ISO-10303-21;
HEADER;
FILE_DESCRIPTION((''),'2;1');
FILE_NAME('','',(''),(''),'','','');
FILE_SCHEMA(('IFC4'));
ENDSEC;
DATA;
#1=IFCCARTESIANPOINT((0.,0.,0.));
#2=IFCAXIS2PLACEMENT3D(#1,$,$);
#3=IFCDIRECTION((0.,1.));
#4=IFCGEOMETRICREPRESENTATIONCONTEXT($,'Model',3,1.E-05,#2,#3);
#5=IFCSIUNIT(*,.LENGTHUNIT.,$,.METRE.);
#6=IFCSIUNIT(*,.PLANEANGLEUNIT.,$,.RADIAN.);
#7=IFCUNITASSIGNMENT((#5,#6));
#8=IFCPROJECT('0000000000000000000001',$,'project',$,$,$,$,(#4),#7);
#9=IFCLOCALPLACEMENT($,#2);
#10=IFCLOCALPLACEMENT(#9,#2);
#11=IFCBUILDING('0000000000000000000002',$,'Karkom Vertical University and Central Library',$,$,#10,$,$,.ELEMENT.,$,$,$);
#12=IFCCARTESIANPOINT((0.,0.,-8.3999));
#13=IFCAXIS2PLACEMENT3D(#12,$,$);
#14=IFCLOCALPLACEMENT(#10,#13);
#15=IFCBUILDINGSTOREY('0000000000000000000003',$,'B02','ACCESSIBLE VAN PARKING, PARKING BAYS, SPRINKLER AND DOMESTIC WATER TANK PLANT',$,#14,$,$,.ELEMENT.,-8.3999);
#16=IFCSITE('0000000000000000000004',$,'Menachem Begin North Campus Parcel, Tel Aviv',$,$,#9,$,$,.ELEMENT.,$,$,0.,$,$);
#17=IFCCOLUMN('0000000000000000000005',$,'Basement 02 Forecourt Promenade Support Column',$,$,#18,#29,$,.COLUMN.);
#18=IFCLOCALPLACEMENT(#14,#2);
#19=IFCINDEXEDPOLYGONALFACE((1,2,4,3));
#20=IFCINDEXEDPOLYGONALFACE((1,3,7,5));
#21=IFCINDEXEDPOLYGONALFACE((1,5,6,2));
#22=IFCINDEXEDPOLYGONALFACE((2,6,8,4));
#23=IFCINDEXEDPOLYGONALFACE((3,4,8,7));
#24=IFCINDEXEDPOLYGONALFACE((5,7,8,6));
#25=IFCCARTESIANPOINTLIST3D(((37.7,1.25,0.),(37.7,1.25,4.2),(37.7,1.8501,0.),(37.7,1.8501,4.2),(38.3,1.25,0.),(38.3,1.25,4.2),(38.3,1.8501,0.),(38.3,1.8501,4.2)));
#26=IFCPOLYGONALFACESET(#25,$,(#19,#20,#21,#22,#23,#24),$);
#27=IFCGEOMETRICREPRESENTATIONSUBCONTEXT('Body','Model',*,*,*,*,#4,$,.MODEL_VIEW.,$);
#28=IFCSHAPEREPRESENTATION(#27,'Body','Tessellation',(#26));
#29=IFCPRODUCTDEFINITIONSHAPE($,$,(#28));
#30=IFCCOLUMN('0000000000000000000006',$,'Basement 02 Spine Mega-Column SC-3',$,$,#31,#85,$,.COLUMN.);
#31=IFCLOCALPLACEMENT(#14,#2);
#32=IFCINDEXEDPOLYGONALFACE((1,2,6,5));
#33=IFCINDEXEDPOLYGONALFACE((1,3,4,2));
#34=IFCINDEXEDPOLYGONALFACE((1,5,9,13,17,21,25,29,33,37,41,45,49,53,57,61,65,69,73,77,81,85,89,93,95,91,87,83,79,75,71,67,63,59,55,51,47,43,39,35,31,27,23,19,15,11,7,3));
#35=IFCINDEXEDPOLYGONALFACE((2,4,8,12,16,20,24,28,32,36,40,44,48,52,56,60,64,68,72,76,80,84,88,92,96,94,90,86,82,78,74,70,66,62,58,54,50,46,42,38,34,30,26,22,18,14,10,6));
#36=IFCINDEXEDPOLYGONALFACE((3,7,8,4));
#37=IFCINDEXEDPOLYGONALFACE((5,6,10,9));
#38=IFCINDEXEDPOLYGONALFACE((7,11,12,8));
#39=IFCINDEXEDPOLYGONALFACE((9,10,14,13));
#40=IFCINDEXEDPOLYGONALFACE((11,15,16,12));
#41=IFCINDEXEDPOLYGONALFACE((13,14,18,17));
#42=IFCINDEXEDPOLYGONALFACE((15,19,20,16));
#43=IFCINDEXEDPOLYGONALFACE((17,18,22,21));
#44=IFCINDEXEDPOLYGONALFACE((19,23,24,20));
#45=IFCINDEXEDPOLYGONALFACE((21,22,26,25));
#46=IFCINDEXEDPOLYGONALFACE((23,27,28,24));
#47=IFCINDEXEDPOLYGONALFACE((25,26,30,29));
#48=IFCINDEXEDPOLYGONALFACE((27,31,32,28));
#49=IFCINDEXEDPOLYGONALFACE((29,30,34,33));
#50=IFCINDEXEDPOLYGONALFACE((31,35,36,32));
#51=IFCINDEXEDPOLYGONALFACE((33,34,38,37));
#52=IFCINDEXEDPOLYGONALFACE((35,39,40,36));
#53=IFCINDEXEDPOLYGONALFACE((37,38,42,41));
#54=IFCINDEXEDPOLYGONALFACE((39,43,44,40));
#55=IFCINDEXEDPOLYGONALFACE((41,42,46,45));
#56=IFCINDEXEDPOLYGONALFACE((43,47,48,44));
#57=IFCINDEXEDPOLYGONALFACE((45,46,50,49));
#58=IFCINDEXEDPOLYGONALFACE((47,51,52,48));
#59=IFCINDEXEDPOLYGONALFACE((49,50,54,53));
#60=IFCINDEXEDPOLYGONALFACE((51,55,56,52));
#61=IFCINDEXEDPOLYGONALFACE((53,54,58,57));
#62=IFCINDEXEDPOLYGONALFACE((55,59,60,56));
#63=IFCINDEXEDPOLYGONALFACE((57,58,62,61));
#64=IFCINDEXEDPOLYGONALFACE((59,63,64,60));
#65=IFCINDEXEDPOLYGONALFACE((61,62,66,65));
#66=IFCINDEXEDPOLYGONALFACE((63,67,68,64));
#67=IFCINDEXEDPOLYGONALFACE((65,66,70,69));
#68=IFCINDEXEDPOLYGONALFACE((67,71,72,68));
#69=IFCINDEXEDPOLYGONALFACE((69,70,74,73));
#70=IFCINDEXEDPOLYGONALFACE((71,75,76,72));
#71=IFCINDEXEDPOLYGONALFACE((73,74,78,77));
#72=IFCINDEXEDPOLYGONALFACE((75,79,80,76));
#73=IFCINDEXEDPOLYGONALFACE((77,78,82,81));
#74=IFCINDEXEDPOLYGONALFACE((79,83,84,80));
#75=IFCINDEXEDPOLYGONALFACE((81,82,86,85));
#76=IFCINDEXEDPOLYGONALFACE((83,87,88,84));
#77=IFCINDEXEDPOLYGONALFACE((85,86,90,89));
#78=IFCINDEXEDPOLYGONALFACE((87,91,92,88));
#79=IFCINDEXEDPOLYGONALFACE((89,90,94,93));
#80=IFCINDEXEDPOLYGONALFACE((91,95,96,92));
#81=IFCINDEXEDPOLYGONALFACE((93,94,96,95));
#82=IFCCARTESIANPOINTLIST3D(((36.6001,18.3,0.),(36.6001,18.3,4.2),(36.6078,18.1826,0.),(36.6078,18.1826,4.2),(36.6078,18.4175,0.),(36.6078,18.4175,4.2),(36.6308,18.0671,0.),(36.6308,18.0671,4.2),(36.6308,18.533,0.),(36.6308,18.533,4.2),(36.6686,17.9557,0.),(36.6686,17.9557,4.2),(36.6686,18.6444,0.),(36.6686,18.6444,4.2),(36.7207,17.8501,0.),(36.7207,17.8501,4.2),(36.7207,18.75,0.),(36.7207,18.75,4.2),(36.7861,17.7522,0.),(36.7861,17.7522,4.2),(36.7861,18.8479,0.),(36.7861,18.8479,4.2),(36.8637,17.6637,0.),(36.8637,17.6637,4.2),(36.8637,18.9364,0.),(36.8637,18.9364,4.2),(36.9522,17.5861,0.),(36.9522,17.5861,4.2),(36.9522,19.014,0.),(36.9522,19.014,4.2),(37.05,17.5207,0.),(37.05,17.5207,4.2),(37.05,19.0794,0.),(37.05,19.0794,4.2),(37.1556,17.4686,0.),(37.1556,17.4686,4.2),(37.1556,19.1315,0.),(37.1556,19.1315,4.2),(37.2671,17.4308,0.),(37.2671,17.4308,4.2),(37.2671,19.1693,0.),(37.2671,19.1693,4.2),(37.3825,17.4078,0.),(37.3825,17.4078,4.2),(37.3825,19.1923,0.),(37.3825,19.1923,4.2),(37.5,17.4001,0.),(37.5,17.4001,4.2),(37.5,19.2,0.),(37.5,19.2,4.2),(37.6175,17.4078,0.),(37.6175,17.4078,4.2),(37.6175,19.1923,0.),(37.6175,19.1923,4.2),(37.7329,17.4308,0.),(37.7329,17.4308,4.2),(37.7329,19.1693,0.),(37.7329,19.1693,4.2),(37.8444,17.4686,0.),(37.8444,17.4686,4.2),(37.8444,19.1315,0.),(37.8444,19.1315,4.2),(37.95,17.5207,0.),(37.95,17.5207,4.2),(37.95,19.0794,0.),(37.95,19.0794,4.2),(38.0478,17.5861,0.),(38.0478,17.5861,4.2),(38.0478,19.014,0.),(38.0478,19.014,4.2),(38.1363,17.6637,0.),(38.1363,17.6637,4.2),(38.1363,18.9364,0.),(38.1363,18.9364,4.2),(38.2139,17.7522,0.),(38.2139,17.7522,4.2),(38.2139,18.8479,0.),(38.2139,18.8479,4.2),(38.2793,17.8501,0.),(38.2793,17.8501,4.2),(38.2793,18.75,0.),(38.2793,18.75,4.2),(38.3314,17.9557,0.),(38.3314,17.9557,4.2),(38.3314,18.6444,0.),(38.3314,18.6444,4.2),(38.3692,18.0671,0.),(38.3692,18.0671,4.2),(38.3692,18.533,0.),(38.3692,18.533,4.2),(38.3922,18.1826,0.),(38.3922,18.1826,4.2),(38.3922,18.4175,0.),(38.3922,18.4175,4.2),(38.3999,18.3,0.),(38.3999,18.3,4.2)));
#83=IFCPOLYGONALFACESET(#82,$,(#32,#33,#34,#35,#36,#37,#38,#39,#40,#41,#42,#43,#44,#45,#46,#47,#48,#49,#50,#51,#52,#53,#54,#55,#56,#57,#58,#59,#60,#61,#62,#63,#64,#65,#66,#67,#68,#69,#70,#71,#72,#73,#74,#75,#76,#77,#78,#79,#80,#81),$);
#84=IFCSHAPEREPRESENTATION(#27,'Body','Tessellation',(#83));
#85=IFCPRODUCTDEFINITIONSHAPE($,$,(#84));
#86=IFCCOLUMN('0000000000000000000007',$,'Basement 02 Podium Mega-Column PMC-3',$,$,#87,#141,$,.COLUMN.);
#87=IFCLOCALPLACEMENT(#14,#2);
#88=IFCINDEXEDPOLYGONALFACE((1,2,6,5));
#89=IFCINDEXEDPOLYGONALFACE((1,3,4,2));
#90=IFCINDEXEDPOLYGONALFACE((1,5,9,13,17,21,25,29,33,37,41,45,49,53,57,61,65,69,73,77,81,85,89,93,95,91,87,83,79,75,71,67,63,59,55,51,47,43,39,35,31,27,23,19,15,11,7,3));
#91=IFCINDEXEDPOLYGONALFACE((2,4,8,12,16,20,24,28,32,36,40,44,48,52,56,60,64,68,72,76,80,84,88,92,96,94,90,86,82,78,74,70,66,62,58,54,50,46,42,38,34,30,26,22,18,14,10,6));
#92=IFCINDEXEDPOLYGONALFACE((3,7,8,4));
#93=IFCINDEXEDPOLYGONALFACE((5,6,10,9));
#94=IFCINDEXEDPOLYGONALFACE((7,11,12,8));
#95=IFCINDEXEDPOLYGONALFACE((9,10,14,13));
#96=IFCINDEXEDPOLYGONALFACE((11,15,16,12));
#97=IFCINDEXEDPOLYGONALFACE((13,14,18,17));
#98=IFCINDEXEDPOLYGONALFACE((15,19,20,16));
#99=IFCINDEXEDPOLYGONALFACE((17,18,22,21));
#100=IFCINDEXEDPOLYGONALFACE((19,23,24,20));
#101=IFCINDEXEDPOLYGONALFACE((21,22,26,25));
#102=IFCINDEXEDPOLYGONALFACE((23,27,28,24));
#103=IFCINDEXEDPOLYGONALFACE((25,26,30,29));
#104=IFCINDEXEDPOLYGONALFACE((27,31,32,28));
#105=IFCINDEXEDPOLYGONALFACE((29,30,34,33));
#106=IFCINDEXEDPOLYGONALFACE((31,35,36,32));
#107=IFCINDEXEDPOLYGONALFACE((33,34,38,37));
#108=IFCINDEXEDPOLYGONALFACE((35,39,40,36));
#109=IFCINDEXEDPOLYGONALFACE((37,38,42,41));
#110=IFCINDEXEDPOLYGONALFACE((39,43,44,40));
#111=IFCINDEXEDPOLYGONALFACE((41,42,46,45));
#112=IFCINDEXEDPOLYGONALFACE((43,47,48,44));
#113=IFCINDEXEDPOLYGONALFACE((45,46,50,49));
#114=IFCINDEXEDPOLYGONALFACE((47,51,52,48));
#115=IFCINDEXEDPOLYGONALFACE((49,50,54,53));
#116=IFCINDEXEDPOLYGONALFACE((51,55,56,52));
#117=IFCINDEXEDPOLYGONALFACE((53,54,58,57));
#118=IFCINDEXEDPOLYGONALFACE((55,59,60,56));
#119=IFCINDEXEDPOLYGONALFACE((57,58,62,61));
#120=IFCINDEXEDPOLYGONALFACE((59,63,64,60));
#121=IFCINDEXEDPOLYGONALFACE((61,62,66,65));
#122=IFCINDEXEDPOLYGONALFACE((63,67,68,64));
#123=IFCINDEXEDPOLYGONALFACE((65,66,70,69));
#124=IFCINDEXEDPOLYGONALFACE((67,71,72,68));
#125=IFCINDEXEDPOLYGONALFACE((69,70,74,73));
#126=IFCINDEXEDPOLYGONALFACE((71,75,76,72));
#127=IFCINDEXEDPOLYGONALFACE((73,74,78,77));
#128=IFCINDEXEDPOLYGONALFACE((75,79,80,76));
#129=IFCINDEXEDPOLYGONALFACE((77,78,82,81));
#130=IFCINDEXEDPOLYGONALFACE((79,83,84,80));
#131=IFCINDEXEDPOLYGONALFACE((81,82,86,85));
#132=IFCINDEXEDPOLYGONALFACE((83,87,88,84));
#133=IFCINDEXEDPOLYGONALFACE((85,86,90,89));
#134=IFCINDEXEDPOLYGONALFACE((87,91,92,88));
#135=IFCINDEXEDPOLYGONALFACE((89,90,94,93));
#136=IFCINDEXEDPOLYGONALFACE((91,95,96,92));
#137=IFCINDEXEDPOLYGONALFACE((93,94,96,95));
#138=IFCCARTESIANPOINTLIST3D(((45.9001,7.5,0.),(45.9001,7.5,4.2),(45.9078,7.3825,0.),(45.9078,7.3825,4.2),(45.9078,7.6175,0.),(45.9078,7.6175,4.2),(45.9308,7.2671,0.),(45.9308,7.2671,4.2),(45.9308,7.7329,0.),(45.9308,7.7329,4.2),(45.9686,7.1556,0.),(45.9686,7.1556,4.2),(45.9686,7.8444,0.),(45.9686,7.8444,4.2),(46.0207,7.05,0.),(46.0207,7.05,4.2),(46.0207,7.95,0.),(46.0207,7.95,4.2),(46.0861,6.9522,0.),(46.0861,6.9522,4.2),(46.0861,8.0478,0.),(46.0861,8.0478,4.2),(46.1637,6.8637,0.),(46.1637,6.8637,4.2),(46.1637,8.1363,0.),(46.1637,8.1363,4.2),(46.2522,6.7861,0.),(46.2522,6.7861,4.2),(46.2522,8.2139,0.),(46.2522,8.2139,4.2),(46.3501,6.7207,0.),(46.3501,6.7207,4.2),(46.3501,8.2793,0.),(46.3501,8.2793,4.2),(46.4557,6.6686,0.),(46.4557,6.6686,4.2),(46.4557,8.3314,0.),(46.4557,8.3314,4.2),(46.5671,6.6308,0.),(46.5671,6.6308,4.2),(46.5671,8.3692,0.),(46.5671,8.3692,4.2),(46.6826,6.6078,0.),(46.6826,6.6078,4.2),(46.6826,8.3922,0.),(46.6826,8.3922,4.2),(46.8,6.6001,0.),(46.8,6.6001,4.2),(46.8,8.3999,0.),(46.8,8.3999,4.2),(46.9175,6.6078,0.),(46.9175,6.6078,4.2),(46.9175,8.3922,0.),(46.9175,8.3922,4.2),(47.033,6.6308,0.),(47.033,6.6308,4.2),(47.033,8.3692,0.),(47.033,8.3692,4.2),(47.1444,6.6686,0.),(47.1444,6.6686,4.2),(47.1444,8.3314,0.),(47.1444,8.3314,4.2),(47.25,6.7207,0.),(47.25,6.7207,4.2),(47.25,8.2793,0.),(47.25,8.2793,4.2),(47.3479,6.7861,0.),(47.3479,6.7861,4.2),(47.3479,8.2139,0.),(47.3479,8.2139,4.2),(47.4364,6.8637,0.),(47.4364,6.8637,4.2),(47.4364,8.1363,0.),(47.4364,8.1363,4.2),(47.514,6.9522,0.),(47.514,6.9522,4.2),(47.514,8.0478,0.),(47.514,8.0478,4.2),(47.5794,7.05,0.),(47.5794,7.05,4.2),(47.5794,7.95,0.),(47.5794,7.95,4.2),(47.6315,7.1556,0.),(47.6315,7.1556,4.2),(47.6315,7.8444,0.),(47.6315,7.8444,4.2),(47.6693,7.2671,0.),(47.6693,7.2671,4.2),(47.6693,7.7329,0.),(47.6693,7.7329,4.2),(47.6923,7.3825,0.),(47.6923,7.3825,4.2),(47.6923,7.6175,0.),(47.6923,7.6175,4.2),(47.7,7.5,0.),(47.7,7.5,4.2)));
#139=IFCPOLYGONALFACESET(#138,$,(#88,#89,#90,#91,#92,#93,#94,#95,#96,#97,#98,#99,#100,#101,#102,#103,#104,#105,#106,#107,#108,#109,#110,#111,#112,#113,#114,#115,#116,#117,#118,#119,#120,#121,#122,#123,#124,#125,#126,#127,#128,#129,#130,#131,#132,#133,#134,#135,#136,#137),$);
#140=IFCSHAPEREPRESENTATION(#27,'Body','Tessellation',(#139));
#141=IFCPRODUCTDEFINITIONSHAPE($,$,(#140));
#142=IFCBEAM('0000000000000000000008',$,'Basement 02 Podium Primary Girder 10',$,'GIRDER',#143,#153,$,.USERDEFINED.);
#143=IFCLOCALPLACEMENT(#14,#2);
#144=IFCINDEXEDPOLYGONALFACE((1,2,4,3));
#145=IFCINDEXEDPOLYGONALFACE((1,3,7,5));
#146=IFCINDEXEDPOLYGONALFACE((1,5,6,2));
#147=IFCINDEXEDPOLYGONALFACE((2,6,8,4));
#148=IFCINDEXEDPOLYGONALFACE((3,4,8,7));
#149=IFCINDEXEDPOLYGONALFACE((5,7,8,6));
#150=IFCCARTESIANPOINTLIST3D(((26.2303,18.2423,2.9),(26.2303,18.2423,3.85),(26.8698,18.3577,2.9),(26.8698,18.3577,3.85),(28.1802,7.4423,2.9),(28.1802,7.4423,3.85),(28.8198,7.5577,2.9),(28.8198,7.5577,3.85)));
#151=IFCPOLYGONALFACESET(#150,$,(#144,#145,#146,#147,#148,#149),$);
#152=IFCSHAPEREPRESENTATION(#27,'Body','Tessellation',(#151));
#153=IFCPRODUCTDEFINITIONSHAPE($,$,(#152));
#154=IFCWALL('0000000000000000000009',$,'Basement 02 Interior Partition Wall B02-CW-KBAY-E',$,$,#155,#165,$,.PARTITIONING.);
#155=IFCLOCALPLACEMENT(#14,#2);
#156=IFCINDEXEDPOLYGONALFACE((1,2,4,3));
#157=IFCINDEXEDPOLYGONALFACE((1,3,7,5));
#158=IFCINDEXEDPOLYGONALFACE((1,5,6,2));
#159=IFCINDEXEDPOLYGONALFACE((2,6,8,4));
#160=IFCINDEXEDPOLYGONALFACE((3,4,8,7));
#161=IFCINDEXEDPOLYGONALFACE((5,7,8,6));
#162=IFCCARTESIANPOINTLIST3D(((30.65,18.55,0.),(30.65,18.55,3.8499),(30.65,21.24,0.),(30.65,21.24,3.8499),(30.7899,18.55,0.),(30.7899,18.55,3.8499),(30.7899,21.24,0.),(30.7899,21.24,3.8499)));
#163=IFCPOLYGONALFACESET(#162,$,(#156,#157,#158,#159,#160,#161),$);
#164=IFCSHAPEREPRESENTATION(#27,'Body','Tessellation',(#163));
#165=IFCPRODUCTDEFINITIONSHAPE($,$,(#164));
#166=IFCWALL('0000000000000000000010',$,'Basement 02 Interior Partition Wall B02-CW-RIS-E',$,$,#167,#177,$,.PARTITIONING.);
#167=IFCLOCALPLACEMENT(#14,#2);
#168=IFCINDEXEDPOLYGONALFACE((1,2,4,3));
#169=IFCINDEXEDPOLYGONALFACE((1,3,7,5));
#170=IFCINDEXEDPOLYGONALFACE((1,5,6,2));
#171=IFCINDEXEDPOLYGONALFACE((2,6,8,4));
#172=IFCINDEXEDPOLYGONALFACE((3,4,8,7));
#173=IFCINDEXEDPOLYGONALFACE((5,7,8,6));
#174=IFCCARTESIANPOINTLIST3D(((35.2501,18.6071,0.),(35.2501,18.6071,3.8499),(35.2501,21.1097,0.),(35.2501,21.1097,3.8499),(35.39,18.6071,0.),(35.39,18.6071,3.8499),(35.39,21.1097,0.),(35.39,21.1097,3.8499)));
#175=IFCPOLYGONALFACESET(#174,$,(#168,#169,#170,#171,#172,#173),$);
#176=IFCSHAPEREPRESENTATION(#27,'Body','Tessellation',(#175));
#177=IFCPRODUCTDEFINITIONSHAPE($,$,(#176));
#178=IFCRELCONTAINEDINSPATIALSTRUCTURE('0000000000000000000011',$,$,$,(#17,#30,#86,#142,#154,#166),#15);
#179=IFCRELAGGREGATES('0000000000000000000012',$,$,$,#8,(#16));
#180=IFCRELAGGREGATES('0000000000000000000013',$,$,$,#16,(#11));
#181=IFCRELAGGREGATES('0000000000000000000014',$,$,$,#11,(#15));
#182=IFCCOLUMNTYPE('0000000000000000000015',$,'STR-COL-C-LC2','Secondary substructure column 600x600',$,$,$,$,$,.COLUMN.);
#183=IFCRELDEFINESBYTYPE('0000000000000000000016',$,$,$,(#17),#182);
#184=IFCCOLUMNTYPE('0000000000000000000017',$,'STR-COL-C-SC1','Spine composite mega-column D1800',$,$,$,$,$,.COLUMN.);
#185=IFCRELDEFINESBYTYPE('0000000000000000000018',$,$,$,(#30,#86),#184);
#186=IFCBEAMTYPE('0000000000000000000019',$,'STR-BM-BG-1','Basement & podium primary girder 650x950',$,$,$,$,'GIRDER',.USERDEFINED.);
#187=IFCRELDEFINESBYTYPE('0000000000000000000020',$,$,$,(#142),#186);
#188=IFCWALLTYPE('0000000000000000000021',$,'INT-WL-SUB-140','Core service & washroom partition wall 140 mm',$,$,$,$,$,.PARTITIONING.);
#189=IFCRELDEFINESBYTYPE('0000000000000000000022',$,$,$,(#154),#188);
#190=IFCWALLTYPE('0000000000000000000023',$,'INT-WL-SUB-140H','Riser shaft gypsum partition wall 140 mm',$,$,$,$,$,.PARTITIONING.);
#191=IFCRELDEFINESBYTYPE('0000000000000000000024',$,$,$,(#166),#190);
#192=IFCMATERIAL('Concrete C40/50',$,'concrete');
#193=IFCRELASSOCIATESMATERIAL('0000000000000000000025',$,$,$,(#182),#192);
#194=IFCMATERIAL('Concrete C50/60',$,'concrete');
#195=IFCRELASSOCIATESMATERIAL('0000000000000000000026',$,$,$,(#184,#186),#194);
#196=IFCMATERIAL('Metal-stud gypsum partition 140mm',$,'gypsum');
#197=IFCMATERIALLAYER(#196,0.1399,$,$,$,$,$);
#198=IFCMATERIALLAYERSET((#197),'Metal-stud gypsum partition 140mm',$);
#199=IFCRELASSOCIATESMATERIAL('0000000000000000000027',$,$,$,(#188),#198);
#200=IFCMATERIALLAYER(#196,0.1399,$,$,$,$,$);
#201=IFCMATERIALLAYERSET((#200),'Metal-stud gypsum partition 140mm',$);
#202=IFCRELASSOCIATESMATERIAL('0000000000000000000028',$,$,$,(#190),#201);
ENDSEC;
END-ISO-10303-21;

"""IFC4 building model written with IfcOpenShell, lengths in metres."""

from ifc_helpers import new_model, si_unit, direction, frame, frame_2d, origin, origin_with_axes, origin_2d, place, context, subcontext, project, spatial, rectangle, circle, extrude, source, transform, mapped, material, layer, layer_set, material_profile, profile_set, type_object, element, save


model = new_model("IFC4")

# Units and contexts
model_context = context("Model", 3, precision=1e-05, world=origin(), true_north=direction((0.0, 1.0)))
body_context = subcontext(model_context, "Body", "Model", "MODEL_VIEW")
ifc_project = project(units=[si_unit("LENGTHUNIT", "METRE"), si_unit("PLANEANGLEUNIT", "RADIAN")], contexts=[model_context])

# Site, building, storey
site_placement = place(None, origin())
site = spatial("IfcSite", under=ifc_project, at=site_placement, Name="Menachem Begin North Campus Parcel, Tel Aviv", CompositionType="ELEMENT", RefElevation=0.0)
building_placement = place(site_placement, origin())
building = spatial("IfcBuilding", under=site, at=building_placement, Name="Karkom Vertical University and Central Library", CompositionType="ELEMENT")
storey_placement = place(building_placement, frame((0.0, 0.0, -8.3999)))
storey = spatial("IfcBuildingStorey", under=building, at=storey_placement, Name="B02", Description="ACCESSIBLE VAN PARKING, PARKING BAYS, SPRINKLER AND DOMESTIC WATER TANK PLANT", CompositionType="ELEMENT", Elevation=-8.3999)

# Shared definitions
ifc_material_1 = material(Name="Concrete C40/50", Category="concrete")

# Columns
ifc_material_profile_1 = material_profile(ifc_material_1, rectangle(XDim=0.6001, YDim=0.6001, at=origin_2d()), Name="RC-600x600")
ifc_profile_set_1 = profile_set([ifc_material_profile_1], Name="Concrete C40/50")
column_type_1 = type_object("IfcColumnType", Name="STR-COL-C-LC2", Description="Secondary substructure column 600x600", PredefinedType="COLUMN", material=ifc_profile_set_1)
shared_shape_1 = source(origin_with_axes(), body_context, "Body", "SweptSolid", [
    extrude(rectangle(XDim=0.6001, YDim=0.6001, at=origin_2d()), origin(), (0.0, 0.0, 1.0), 4.2),
])
column_placement = place(storey_placement, frame((38.0, 1.55, 0.0), z_axis=(0.0, 0.0, 1.0), x_axis=(1.0, 0.0, 0.0)))
element("IfcColumn", 1, at=column_placement, inside=storey, type_object=column_type_1, Name="Basement 02 Forecourt Promenade Support Column", PredefinedType="COLUMN", context=body_context, shape_type="MappedRepresentation", body=[
    mapped(shared_shape_1, transform((0.0, 0.0, 0.0), scale=1.0)),
])
ifc_material_2 = material(Name="Concrete C50/60", Category="concrete")
ifc_material_profile_2 = material_profile(ifc_material_2, circle(Radius=0.8999, at=origin_2d()), Name="CFT-D1800")
ifc_profile_set_2 = profile_set([ifc_material_profile_2], Name="Concrete C50/60")
column_type_2 = type_object("IfcColumnType", Name="STR-COL-C-SC1", Description="Spine composite mega-column D1800", PredefinedType="COLUMN", material=ifc_profile_set_2)
shared_shape_2 = source(origin_with_axes(), body_context, "Body", "SweptSolid", [
    extrude(circle(Radius=0.8999, at=origin_2d()), origin(), (0.0, 0.0, 1.0), 4.2),
])
for number, where, z_axis, x_axis, name in (
    (2, (37.5, 18.3, 0.0), (0.0, 0.0, 1.0), (1.0, 0.0, 0.0), "Basement 02 Spine Mega-Column SC-3"),
    (3, (46.8, 7.5, 0.0), (0.0, 0.0, 1.0), (1.0, 0.0, 0.0), "Basement 02 Podium Mega-Column PMC-3"),
):
    element("IfcColumn", number, at=place(storey_placement, frame(where, z_axis=z_axis, x_axis=x_axis)), inside=storey, type_object=column_type_2, Name=name, PredefinedType="COLUMN", context=body_context, shape_type="MappedRepresentation", body=[
        mapped(shared_shape_2, transform((0.0, 0.0, 0.0), scale=1.0)),
    ])

# Beam
ifc_material_profile_3 = material_profile(ifc_material_2, rectangle(XDim=0.6499, YDim=0.95, at=origin_2d()), Name="RCG-650x950")
ifc_profile_set_3 = profile_set([ifc_material_profile_3], Name="Concrete C50/60")
beam_type = type_object("IfcBeamType", Name="STR-BM-BG-1", Description="Basement & podium primary girder 650x950", ElementType="GIRDER", PredefinedType="USERDEFINED", material=ifc_profile_set_3)
shared_shape_3 = source(origin_with_axes(), body_context, "Body", "SweptSolid", [
    extrude(rectangle(XDim=0.6499, YDim=0.95, at=origin_2d()), origin(), (0.0, 0.0, 1.0), 10.9746),
])
beam_placement = place(storey_placement, frame((28.5, 7.5, 3.375), z_axis=(-0.177677, 0.984089, 0.0), x_axis=(-0.984089, -0.177677, 0.0)))
element("IfcBeam", 4, at=beam_placement, inside=storey, type_object=beam_type, Name="Basement 02 Podium Primary Girder 10", ObjectType="GIRDER", PredefinedType="USERDEFINED", context=body_context, shape_type="MappedRepresentation", body=[
    mapped(shared_shape_3, transform((0.0, 0.0, 0.0), scale=1.0)),
])

# Walls
ifc_material_3 = material(Name="Metal-stud gypsum partition 140mm", Category="gypsum")
ifc_layer_1 = layer(ifc_material_3, 0.1399)
ifc_layer_set_1 = layer_set([ifc_layer_1], Name="Metal-stud gypsum partition 140mm")
wall_type_1 = type_object("IfcWallType", Name="INT-WL-SUB-140", Description="Core service & washroom partition wall 140 mm", PredefinedType="PARTITIONING", material=ifc_layer_set_1)
wall_1_placement = place(storey_placement, frame((30.72, 18.55, 0.0), z_axis=(0.0, 0.0, 1.0), x_axis=(0.0, 1.0, 0.0)))
element("IfcWall", 5, at=wall_1_placement, inside=storey, type_object=wall_type_1, Name="Basement 02 Interior Partition Wall B02-CW-KBAY-E", PredefinedType="PARTITIONING", context=body_context, shape_type="SweptSolid", body=[
    extrude(rectangle(XDim=2.6899, YDim=0.1399, at=frame_2d((1.345, 0.0))), origin(), (0.0, 0.0, 1.0), 3.8499),
])
ifc_layer_2 = layer(ifc_material_3, 0.1399)
ifc_layer_set_2 = layer_set([ifc_layer_2], Name="Metal-stud gypsum partition 140mm")
wall_type_2 = type_object("IfcWallType", Name="INT-WL-SUB-140H", Description="Riser shaft gypsum partition wall 140 mm", PredefinedType="PARTITIONING", material=ifc_layer_set_2)
wall_2_placement = place(storey_placement, frame((35.3201, 18.6069, 0.0), z_axis=(0.0, 0.0, 1.0), x_axis=(0.0, 1.0, 0.0)))
element("IfcWall", 6, at=wall_2_placement, inside=storey, type_object=wall_type_2, Name="Basement 02 Interior Partition Wall B02-CW-RIS-E", PredefinedType="PARTITIONING", context=body_context, shape_type="SweptSolid", body=[
    extrude(rectangle(XDim=2.5027, YDim=0.1399, at=frame_2d((1.2515, 0.0))), origin(), (0.0, 0.0, 1.0), 3.8499),
])

save(model, "model.ifc")
